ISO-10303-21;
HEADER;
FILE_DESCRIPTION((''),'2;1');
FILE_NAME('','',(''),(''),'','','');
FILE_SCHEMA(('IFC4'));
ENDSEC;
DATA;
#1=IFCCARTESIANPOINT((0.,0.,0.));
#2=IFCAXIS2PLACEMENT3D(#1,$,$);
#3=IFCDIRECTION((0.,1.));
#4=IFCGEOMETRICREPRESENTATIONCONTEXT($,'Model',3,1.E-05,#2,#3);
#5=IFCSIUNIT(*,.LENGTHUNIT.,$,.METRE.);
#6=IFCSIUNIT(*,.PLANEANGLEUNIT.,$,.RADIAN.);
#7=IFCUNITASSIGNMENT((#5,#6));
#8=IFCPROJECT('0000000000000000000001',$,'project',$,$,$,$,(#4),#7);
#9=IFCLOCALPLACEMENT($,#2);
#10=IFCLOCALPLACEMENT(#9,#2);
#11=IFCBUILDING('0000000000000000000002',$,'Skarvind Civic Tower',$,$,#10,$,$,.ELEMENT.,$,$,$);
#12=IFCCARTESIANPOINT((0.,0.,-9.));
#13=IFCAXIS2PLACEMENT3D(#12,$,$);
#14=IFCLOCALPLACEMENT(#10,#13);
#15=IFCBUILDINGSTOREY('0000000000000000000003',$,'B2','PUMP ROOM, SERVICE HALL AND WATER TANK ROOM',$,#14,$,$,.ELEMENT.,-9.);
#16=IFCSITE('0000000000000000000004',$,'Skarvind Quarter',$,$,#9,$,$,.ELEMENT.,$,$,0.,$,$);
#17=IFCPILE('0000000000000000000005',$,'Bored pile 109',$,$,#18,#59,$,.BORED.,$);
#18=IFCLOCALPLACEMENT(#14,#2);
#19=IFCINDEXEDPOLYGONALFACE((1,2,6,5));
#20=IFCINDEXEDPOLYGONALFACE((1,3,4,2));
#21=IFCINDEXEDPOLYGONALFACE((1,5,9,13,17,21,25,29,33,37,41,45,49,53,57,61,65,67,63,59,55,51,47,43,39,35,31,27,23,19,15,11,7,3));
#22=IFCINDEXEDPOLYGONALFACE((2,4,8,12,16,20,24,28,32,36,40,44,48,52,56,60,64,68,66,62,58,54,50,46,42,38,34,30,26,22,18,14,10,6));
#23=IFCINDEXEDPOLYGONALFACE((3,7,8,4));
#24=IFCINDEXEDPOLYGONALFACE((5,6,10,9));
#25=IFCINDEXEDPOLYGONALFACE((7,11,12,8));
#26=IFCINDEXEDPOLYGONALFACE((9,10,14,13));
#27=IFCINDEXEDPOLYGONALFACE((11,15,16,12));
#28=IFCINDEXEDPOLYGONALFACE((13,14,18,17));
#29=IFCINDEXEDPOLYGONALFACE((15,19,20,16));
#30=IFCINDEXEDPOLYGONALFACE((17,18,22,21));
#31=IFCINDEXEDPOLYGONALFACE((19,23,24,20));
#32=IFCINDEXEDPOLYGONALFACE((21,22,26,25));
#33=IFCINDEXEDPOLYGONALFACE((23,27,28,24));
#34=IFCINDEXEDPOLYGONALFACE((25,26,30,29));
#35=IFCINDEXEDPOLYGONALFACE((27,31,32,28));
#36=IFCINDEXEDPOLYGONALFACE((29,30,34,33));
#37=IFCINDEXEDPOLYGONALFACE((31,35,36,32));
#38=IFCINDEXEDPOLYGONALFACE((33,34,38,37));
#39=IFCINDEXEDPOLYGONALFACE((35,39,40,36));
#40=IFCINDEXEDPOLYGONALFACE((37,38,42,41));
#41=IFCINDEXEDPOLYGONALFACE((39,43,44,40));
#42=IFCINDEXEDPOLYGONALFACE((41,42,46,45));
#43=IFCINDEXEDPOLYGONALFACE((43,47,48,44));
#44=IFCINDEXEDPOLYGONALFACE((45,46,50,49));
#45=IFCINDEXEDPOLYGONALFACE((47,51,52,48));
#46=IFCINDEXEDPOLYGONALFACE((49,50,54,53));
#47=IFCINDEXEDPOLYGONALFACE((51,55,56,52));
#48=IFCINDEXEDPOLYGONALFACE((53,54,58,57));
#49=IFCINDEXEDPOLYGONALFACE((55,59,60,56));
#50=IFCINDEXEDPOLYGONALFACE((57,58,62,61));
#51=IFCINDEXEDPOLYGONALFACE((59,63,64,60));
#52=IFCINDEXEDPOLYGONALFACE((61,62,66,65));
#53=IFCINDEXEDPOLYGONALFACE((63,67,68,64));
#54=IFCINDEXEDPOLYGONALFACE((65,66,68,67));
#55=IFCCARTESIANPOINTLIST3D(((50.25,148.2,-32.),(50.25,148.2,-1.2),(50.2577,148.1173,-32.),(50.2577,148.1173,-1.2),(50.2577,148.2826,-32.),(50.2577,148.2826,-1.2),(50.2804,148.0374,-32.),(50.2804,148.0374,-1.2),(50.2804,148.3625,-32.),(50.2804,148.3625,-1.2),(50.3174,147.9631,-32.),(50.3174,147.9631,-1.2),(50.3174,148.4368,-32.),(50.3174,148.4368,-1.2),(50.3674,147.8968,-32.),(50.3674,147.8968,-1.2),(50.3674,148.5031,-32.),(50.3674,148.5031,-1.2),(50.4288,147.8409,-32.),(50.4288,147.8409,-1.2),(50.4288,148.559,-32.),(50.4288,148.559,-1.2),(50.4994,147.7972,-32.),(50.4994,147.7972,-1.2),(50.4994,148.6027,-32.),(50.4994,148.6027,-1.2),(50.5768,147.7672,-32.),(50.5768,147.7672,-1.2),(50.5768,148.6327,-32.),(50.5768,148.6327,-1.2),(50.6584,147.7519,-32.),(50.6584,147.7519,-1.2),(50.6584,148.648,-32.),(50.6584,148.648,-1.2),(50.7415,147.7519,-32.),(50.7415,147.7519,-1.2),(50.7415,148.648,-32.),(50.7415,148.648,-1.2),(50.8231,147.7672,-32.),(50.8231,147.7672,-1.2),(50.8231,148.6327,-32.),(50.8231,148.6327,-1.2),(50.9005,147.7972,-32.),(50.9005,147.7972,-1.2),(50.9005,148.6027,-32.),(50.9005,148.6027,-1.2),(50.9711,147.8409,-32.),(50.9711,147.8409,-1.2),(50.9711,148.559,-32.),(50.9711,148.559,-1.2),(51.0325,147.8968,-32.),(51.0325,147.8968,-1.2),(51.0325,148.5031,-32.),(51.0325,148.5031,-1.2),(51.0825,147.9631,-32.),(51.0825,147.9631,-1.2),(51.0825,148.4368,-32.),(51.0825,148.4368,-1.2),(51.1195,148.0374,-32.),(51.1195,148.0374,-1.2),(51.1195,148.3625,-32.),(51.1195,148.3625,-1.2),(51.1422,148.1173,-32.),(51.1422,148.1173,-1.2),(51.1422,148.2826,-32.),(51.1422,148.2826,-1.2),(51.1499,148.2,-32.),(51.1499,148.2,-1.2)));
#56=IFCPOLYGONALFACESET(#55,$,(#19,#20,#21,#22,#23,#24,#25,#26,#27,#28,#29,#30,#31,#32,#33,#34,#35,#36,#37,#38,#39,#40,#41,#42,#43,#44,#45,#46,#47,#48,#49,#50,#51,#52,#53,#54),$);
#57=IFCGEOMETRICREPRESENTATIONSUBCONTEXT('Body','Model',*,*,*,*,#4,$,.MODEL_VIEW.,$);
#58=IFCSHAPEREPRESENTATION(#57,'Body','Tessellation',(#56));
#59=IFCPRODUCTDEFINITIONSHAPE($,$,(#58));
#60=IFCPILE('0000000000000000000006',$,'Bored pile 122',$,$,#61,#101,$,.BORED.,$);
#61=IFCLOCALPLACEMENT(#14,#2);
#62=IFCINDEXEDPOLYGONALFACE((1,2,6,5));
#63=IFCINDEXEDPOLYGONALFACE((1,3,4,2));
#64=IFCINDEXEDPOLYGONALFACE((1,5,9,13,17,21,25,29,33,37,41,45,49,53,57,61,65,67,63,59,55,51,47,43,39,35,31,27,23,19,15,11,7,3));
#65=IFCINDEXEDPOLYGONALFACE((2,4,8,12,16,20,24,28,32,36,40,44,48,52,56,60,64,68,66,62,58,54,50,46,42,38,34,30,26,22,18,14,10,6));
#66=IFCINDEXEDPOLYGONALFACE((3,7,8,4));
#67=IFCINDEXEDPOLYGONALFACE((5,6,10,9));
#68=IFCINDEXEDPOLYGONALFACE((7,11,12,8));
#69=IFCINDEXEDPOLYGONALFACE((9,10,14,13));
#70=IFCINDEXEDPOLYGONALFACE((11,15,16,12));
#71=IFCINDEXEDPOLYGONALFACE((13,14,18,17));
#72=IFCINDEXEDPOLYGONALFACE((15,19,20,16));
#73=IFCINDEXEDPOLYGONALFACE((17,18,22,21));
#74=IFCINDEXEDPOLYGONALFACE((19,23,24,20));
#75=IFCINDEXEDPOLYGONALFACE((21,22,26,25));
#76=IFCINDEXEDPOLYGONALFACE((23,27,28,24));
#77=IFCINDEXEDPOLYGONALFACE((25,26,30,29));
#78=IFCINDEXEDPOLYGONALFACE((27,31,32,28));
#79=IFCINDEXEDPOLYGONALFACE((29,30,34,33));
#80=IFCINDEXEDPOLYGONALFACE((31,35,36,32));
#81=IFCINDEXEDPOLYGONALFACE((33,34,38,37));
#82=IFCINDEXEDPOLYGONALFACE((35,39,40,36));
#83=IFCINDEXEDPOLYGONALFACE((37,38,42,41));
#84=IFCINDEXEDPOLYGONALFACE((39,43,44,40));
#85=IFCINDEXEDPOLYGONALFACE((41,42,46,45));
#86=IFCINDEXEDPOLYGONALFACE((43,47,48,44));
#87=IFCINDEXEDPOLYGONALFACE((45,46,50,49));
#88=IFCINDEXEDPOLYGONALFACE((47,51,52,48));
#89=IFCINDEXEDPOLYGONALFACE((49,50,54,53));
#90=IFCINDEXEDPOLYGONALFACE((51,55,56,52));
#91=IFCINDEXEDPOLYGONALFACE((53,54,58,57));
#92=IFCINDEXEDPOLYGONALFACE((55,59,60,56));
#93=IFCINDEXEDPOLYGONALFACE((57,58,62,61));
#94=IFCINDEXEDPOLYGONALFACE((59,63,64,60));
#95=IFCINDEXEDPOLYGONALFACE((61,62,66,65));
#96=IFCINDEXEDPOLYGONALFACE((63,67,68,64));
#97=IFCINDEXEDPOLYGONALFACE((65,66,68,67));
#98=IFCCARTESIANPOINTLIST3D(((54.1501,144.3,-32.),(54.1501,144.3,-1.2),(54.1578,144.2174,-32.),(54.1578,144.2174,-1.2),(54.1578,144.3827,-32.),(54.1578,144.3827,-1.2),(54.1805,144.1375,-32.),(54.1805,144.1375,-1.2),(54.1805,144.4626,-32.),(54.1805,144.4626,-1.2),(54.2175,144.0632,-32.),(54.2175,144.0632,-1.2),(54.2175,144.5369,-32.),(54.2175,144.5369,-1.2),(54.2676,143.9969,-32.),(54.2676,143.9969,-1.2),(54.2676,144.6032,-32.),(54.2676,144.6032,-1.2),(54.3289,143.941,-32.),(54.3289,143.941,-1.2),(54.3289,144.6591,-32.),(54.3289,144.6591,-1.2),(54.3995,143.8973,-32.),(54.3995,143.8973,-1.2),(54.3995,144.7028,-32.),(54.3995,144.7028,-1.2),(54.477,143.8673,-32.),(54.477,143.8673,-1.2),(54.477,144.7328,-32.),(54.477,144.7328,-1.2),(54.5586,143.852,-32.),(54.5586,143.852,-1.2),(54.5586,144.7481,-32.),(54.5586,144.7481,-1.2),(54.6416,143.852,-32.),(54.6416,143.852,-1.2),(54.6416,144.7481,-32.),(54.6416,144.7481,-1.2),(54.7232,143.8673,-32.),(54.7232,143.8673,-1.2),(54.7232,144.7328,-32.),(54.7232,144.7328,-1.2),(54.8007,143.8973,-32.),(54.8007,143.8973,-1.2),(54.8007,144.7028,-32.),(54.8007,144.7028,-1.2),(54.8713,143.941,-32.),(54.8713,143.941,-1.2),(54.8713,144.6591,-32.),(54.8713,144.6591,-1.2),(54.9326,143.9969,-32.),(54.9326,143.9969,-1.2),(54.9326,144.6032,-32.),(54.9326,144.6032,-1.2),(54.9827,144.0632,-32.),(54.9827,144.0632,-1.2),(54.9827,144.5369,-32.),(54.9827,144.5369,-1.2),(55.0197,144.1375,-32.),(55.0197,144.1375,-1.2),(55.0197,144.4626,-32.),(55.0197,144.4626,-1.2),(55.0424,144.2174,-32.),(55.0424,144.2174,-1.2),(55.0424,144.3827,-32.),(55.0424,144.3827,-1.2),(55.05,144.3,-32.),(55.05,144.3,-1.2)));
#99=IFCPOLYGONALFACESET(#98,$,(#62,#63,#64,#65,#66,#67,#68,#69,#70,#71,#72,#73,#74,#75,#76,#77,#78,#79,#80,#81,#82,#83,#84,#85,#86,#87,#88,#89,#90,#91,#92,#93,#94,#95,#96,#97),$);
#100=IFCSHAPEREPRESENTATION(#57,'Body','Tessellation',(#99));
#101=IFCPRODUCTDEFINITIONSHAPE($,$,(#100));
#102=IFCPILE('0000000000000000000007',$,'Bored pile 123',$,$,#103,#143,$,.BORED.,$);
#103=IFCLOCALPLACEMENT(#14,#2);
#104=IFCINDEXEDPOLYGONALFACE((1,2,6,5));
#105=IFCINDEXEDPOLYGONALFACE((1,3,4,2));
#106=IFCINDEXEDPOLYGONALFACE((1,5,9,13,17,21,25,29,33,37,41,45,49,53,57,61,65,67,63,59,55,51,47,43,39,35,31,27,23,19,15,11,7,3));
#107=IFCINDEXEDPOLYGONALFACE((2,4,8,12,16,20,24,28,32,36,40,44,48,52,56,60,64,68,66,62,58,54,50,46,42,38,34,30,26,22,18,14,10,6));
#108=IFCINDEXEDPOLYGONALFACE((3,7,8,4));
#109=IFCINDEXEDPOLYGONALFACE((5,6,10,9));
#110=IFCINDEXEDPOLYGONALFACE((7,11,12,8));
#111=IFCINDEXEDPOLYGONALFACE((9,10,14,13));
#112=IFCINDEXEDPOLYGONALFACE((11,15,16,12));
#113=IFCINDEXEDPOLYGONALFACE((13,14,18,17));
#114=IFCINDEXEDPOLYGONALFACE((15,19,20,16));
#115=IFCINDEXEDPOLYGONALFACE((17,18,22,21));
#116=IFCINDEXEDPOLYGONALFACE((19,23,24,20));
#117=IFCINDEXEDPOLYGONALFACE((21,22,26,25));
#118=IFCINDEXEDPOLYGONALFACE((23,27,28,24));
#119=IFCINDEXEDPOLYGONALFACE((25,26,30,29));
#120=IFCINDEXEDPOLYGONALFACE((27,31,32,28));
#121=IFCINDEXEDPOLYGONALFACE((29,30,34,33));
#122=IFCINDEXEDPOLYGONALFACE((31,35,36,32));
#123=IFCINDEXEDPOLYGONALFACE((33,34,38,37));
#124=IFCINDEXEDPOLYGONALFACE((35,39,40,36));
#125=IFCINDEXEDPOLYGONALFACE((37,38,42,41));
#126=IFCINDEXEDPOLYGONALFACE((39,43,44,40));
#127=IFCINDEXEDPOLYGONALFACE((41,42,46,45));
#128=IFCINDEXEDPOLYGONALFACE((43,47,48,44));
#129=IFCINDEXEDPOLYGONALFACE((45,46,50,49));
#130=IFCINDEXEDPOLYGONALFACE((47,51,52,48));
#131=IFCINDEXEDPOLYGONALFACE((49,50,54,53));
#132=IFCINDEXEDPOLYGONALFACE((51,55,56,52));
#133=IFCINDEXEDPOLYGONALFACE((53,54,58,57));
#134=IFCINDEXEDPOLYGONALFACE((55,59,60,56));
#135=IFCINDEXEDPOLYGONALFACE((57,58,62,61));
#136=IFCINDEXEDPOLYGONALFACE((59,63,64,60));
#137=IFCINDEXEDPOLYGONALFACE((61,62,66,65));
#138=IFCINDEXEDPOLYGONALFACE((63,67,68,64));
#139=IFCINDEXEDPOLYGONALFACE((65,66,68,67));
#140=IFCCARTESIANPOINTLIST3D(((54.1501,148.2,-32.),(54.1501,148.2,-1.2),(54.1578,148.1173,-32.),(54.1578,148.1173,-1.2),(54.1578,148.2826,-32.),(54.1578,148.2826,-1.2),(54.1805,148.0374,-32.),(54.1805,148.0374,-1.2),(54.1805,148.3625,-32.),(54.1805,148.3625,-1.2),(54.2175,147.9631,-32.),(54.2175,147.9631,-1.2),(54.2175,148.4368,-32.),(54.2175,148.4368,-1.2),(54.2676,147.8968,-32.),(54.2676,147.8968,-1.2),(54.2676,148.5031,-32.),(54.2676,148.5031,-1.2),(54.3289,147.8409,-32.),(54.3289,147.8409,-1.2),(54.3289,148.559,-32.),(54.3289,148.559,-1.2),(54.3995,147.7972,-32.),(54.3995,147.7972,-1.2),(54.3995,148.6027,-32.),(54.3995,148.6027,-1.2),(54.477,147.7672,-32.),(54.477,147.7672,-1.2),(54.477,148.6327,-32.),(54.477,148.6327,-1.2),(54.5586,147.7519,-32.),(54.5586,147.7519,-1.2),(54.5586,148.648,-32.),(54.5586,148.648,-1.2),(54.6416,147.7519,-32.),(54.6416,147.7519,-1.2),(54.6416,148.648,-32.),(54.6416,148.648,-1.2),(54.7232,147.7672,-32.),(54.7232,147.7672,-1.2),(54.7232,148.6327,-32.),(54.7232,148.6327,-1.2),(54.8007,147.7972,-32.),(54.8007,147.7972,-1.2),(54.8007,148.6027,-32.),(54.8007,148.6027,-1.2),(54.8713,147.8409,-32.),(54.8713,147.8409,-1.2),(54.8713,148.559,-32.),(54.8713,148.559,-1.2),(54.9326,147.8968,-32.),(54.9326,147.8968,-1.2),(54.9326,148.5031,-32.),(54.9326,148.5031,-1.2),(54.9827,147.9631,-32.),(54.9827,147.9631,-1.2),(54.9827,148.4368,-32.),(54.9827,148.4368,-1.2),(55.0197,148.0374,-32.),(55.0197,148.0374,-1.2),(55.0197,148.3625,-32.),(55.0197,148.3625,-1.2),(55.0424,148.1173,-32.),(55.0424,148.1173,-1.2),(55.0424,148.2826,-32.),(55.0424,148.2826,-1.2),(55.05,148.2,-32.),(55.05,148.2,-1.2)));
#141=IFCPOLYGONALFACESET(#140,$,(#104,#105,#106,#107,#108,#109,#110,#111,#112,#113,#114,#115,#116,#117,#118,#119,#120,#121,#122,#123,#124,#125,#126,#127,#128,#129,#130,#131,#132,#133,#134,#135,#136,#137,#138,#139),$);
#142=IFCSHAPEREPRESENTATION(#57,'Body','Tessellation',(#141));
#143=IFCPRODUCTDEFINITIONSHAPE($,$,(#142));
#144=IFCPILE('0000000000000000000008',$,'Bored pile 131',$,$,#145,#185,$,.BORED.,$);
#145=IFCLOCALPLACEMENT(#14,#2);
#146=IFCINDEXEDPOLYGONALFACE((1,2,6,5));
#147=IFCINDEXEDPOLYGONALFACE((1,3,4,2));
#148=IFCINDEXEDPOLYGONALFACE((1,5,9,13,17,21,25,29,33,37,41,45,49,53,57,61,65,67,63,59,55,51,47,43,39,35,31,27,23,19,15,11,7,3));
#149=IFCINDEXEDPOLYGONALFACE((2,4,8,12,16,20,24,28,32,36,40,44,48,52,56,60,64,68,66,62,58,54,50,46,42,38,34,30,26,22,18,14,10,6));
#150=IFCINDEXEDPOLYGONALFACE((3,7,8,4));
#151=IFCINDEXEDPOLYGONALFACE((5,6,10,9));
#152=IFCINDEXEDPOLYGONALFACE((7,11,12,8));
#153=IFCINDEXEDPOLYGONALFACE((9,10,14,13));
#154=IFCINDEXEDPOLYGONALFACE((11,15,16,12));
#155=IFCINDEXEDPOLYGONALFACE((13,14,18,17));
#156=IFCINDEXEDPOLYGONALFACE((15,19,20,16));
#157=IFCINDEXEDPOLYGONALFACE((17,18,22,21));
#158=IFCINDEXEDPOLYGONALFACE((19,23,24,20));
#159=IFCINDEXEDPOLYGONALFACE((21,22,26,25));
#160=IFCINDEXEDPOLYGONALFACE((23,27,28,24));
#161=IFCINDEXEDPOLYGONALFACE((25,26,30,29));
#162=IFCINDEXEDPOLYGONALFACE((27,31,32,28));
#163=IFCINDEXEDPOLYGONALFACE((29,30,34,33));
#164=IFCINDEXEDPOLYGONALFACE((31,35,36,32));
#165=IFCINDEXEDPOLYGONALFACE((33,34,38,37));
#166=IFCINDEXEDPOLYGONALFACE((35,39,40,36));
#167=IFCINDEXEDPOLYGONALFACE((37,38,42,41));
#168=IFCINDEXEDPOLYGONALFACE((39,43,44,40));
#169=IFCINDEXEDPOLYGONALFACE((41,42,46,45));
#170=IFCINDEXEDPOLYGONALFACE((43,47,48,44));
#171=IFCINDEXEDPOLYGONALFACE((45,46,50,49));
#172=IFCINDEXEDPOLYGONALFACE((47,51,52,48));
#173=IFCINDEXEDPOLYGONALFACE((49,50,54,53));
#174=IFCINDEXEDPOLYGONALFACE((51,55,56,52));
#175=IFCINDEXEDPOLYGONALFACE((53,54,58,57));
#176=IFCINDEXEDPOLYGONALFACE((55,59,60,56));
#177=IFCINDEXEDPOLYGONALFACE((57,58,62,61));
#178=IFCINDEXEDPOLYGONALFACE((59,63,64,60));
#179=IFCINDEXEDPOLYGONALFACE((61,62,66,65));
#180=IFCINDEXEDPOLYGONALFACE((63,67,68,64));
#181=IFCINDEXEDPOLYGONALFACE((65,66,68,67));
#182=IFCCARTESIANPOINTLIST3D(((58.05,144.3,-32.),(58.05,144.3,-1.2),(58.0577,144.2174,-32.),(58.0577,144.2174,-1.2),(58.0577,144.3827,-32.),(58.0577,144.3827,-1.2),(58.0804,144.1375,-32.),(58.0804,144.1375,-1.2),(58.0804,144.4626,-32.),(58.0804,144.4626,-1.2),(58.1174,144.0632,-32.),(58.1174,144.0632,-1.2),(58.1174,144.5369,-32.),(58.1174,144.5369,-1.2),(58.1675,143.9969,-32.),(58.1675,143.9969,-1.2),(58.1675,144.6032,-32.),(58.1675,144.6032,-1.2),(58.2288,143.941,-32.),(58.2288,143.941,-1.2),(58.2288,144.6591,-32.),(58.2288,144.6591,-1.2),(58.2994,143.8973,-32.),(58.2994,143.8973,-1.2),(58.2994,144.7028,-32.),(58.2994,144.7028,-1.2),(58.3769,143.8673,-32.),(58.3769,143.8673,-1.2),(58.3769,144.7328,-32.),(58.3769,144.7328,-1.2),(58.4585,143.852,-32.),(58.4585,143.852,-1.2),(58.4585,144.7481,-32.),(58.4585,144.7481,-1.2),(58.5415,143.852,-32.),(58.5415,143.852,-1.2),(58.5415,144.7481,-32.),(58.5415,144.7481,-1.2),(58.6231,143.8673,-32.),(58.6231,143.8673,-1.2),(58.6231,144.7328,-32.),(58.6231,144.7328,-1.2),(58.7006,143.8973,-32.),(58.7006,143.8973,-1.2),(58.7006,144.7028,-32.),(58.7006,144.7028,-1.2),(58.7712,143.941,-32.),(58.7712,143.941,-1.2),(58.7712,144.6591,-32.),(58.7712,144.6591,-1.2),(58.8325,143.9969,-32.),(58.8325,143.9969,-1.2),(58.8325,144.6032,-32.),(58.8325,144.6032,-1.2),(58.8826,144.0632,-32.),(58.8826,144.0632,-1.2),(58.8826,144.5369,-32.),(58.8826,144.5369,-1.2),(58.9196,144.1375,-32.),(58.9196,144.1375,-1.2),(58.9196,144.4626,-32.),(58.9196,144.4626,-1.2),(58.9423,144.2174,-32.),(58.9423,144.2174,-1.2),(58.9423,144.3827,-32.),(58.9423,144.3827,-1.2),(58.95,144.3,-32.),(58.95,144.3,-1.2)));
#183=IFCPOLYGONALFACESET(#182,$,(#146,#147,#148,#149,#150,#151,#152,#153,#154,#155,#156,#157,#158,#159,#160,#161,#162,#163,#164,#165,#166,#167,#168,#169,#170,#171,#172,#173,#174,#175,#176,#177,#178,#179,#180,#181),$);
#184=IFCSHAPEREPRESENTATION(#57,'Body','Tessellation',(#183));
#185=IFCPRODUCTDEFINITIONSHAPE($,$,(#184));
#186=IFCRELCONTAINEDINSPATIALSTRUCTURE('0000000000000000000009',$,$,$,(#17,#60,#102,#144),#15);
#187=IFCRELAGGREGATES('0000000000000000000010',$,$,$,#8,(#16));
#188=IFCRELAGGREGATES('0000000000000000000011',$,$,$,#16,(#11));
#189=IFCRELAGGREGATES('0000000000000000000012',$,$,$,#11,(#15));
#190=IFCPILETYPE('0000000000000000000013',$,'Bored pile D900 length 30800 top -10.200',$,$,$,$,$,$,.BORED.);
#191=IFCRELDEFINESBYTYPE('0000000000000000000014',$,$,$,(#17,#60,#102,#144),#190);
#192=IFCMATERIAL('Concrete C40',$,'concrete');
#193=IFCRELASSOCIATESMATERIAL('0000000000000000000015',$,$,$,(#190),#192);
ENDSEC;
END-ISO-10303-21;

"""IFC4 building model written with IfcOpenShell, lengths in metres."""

from ifc_helpers import new_model, si_unit, direction, frame, origin, origin_2d, place, context, subcontext, project, spatial, circle, extrude, material, type_object, element, save


model = new_model("IFC4")

# Units and contexts
model_context = context("Model", 3, precision=1e-05, world=origin(), true_north=direction((0.0, 1.0)))
body_context = subcontext(model_context, "Body", "Model", "MODEL_VIEW")
ifc_project = project(units=[si_unit("LENGTHUNIT", "METRE"), si_unit("PLANEANGLEUNIT", "RADIAN")], contexts=[model_context])

# Site, building, storey
site_placement = place(None, origin())
site = spatial("IfcSite", under=ifc_project, at=site_placement, Name="Skarvind Quarter", CompositionType="ELEMENT", RefElevation=0.0)
building_placement = place(site_placement, origin())
building = spatial("IfcBuilding", under=site, at=building_placement, Name="Skarvind Civic Tower", CompositionType="ELEMENT")
storey_placement = place(building_placement, frame((0.0, 0.0, -9.0)))
storey = spatial("IfcBuildingStorey", under=building, at=storey_placement, Name="B2", Description="PUMP ROOM, SERVICE HALL AND WATER TANK ROOM", CompositionType="ELEMENT", Elevation=-9.0)

# Piles
ifc_material_1 = material(Name="Concrete C40", Category="concrete")
pile_type_1 = type_object("IfcPileType", Name="Bored pile D900 length 30800 top -10.200", PredefinedType="BORED", material=ifc_material_1)
for number, where, z_axis, x_axis, name in (
    (1, (50.7, 148.2, -1.2), (0.0, 0.0, -1.0), (1.0, 0.0, 0.0), "Bored pile 109"),
    (2, (54.6001, 144.3, -1.2), (0.0, 0.0, -1.0), (1.0, 0.0, 0.0), "Bored pile 122"),
    (3, (54.6001, 148.2, -1.2), (0.0, 0.0, -1.0), (1.0, 0.0, 0.0), "Bored pile 123"),
    (4, (58.5, 144.3, -1.2), (0.0, 0.0, -1.0), (1.0, 0.0, 0.0), "Bored pile 131"),
):
    element("IfcPile", number, at=place(storey_placement, frame(where, z_axis=z_axis, x_axis=x_axis)), inside=storey, type_object=pile_type_1, Name=name, PredefinedType="BORED", context=body_context, shape_type="SweptSolid", body=[
        extrude(circle(Radius=0.45, at=origin_2d()), origin(), (0.0, 0.0, 1.0), 30.8),
    ])

save(model, "model.ifc")
